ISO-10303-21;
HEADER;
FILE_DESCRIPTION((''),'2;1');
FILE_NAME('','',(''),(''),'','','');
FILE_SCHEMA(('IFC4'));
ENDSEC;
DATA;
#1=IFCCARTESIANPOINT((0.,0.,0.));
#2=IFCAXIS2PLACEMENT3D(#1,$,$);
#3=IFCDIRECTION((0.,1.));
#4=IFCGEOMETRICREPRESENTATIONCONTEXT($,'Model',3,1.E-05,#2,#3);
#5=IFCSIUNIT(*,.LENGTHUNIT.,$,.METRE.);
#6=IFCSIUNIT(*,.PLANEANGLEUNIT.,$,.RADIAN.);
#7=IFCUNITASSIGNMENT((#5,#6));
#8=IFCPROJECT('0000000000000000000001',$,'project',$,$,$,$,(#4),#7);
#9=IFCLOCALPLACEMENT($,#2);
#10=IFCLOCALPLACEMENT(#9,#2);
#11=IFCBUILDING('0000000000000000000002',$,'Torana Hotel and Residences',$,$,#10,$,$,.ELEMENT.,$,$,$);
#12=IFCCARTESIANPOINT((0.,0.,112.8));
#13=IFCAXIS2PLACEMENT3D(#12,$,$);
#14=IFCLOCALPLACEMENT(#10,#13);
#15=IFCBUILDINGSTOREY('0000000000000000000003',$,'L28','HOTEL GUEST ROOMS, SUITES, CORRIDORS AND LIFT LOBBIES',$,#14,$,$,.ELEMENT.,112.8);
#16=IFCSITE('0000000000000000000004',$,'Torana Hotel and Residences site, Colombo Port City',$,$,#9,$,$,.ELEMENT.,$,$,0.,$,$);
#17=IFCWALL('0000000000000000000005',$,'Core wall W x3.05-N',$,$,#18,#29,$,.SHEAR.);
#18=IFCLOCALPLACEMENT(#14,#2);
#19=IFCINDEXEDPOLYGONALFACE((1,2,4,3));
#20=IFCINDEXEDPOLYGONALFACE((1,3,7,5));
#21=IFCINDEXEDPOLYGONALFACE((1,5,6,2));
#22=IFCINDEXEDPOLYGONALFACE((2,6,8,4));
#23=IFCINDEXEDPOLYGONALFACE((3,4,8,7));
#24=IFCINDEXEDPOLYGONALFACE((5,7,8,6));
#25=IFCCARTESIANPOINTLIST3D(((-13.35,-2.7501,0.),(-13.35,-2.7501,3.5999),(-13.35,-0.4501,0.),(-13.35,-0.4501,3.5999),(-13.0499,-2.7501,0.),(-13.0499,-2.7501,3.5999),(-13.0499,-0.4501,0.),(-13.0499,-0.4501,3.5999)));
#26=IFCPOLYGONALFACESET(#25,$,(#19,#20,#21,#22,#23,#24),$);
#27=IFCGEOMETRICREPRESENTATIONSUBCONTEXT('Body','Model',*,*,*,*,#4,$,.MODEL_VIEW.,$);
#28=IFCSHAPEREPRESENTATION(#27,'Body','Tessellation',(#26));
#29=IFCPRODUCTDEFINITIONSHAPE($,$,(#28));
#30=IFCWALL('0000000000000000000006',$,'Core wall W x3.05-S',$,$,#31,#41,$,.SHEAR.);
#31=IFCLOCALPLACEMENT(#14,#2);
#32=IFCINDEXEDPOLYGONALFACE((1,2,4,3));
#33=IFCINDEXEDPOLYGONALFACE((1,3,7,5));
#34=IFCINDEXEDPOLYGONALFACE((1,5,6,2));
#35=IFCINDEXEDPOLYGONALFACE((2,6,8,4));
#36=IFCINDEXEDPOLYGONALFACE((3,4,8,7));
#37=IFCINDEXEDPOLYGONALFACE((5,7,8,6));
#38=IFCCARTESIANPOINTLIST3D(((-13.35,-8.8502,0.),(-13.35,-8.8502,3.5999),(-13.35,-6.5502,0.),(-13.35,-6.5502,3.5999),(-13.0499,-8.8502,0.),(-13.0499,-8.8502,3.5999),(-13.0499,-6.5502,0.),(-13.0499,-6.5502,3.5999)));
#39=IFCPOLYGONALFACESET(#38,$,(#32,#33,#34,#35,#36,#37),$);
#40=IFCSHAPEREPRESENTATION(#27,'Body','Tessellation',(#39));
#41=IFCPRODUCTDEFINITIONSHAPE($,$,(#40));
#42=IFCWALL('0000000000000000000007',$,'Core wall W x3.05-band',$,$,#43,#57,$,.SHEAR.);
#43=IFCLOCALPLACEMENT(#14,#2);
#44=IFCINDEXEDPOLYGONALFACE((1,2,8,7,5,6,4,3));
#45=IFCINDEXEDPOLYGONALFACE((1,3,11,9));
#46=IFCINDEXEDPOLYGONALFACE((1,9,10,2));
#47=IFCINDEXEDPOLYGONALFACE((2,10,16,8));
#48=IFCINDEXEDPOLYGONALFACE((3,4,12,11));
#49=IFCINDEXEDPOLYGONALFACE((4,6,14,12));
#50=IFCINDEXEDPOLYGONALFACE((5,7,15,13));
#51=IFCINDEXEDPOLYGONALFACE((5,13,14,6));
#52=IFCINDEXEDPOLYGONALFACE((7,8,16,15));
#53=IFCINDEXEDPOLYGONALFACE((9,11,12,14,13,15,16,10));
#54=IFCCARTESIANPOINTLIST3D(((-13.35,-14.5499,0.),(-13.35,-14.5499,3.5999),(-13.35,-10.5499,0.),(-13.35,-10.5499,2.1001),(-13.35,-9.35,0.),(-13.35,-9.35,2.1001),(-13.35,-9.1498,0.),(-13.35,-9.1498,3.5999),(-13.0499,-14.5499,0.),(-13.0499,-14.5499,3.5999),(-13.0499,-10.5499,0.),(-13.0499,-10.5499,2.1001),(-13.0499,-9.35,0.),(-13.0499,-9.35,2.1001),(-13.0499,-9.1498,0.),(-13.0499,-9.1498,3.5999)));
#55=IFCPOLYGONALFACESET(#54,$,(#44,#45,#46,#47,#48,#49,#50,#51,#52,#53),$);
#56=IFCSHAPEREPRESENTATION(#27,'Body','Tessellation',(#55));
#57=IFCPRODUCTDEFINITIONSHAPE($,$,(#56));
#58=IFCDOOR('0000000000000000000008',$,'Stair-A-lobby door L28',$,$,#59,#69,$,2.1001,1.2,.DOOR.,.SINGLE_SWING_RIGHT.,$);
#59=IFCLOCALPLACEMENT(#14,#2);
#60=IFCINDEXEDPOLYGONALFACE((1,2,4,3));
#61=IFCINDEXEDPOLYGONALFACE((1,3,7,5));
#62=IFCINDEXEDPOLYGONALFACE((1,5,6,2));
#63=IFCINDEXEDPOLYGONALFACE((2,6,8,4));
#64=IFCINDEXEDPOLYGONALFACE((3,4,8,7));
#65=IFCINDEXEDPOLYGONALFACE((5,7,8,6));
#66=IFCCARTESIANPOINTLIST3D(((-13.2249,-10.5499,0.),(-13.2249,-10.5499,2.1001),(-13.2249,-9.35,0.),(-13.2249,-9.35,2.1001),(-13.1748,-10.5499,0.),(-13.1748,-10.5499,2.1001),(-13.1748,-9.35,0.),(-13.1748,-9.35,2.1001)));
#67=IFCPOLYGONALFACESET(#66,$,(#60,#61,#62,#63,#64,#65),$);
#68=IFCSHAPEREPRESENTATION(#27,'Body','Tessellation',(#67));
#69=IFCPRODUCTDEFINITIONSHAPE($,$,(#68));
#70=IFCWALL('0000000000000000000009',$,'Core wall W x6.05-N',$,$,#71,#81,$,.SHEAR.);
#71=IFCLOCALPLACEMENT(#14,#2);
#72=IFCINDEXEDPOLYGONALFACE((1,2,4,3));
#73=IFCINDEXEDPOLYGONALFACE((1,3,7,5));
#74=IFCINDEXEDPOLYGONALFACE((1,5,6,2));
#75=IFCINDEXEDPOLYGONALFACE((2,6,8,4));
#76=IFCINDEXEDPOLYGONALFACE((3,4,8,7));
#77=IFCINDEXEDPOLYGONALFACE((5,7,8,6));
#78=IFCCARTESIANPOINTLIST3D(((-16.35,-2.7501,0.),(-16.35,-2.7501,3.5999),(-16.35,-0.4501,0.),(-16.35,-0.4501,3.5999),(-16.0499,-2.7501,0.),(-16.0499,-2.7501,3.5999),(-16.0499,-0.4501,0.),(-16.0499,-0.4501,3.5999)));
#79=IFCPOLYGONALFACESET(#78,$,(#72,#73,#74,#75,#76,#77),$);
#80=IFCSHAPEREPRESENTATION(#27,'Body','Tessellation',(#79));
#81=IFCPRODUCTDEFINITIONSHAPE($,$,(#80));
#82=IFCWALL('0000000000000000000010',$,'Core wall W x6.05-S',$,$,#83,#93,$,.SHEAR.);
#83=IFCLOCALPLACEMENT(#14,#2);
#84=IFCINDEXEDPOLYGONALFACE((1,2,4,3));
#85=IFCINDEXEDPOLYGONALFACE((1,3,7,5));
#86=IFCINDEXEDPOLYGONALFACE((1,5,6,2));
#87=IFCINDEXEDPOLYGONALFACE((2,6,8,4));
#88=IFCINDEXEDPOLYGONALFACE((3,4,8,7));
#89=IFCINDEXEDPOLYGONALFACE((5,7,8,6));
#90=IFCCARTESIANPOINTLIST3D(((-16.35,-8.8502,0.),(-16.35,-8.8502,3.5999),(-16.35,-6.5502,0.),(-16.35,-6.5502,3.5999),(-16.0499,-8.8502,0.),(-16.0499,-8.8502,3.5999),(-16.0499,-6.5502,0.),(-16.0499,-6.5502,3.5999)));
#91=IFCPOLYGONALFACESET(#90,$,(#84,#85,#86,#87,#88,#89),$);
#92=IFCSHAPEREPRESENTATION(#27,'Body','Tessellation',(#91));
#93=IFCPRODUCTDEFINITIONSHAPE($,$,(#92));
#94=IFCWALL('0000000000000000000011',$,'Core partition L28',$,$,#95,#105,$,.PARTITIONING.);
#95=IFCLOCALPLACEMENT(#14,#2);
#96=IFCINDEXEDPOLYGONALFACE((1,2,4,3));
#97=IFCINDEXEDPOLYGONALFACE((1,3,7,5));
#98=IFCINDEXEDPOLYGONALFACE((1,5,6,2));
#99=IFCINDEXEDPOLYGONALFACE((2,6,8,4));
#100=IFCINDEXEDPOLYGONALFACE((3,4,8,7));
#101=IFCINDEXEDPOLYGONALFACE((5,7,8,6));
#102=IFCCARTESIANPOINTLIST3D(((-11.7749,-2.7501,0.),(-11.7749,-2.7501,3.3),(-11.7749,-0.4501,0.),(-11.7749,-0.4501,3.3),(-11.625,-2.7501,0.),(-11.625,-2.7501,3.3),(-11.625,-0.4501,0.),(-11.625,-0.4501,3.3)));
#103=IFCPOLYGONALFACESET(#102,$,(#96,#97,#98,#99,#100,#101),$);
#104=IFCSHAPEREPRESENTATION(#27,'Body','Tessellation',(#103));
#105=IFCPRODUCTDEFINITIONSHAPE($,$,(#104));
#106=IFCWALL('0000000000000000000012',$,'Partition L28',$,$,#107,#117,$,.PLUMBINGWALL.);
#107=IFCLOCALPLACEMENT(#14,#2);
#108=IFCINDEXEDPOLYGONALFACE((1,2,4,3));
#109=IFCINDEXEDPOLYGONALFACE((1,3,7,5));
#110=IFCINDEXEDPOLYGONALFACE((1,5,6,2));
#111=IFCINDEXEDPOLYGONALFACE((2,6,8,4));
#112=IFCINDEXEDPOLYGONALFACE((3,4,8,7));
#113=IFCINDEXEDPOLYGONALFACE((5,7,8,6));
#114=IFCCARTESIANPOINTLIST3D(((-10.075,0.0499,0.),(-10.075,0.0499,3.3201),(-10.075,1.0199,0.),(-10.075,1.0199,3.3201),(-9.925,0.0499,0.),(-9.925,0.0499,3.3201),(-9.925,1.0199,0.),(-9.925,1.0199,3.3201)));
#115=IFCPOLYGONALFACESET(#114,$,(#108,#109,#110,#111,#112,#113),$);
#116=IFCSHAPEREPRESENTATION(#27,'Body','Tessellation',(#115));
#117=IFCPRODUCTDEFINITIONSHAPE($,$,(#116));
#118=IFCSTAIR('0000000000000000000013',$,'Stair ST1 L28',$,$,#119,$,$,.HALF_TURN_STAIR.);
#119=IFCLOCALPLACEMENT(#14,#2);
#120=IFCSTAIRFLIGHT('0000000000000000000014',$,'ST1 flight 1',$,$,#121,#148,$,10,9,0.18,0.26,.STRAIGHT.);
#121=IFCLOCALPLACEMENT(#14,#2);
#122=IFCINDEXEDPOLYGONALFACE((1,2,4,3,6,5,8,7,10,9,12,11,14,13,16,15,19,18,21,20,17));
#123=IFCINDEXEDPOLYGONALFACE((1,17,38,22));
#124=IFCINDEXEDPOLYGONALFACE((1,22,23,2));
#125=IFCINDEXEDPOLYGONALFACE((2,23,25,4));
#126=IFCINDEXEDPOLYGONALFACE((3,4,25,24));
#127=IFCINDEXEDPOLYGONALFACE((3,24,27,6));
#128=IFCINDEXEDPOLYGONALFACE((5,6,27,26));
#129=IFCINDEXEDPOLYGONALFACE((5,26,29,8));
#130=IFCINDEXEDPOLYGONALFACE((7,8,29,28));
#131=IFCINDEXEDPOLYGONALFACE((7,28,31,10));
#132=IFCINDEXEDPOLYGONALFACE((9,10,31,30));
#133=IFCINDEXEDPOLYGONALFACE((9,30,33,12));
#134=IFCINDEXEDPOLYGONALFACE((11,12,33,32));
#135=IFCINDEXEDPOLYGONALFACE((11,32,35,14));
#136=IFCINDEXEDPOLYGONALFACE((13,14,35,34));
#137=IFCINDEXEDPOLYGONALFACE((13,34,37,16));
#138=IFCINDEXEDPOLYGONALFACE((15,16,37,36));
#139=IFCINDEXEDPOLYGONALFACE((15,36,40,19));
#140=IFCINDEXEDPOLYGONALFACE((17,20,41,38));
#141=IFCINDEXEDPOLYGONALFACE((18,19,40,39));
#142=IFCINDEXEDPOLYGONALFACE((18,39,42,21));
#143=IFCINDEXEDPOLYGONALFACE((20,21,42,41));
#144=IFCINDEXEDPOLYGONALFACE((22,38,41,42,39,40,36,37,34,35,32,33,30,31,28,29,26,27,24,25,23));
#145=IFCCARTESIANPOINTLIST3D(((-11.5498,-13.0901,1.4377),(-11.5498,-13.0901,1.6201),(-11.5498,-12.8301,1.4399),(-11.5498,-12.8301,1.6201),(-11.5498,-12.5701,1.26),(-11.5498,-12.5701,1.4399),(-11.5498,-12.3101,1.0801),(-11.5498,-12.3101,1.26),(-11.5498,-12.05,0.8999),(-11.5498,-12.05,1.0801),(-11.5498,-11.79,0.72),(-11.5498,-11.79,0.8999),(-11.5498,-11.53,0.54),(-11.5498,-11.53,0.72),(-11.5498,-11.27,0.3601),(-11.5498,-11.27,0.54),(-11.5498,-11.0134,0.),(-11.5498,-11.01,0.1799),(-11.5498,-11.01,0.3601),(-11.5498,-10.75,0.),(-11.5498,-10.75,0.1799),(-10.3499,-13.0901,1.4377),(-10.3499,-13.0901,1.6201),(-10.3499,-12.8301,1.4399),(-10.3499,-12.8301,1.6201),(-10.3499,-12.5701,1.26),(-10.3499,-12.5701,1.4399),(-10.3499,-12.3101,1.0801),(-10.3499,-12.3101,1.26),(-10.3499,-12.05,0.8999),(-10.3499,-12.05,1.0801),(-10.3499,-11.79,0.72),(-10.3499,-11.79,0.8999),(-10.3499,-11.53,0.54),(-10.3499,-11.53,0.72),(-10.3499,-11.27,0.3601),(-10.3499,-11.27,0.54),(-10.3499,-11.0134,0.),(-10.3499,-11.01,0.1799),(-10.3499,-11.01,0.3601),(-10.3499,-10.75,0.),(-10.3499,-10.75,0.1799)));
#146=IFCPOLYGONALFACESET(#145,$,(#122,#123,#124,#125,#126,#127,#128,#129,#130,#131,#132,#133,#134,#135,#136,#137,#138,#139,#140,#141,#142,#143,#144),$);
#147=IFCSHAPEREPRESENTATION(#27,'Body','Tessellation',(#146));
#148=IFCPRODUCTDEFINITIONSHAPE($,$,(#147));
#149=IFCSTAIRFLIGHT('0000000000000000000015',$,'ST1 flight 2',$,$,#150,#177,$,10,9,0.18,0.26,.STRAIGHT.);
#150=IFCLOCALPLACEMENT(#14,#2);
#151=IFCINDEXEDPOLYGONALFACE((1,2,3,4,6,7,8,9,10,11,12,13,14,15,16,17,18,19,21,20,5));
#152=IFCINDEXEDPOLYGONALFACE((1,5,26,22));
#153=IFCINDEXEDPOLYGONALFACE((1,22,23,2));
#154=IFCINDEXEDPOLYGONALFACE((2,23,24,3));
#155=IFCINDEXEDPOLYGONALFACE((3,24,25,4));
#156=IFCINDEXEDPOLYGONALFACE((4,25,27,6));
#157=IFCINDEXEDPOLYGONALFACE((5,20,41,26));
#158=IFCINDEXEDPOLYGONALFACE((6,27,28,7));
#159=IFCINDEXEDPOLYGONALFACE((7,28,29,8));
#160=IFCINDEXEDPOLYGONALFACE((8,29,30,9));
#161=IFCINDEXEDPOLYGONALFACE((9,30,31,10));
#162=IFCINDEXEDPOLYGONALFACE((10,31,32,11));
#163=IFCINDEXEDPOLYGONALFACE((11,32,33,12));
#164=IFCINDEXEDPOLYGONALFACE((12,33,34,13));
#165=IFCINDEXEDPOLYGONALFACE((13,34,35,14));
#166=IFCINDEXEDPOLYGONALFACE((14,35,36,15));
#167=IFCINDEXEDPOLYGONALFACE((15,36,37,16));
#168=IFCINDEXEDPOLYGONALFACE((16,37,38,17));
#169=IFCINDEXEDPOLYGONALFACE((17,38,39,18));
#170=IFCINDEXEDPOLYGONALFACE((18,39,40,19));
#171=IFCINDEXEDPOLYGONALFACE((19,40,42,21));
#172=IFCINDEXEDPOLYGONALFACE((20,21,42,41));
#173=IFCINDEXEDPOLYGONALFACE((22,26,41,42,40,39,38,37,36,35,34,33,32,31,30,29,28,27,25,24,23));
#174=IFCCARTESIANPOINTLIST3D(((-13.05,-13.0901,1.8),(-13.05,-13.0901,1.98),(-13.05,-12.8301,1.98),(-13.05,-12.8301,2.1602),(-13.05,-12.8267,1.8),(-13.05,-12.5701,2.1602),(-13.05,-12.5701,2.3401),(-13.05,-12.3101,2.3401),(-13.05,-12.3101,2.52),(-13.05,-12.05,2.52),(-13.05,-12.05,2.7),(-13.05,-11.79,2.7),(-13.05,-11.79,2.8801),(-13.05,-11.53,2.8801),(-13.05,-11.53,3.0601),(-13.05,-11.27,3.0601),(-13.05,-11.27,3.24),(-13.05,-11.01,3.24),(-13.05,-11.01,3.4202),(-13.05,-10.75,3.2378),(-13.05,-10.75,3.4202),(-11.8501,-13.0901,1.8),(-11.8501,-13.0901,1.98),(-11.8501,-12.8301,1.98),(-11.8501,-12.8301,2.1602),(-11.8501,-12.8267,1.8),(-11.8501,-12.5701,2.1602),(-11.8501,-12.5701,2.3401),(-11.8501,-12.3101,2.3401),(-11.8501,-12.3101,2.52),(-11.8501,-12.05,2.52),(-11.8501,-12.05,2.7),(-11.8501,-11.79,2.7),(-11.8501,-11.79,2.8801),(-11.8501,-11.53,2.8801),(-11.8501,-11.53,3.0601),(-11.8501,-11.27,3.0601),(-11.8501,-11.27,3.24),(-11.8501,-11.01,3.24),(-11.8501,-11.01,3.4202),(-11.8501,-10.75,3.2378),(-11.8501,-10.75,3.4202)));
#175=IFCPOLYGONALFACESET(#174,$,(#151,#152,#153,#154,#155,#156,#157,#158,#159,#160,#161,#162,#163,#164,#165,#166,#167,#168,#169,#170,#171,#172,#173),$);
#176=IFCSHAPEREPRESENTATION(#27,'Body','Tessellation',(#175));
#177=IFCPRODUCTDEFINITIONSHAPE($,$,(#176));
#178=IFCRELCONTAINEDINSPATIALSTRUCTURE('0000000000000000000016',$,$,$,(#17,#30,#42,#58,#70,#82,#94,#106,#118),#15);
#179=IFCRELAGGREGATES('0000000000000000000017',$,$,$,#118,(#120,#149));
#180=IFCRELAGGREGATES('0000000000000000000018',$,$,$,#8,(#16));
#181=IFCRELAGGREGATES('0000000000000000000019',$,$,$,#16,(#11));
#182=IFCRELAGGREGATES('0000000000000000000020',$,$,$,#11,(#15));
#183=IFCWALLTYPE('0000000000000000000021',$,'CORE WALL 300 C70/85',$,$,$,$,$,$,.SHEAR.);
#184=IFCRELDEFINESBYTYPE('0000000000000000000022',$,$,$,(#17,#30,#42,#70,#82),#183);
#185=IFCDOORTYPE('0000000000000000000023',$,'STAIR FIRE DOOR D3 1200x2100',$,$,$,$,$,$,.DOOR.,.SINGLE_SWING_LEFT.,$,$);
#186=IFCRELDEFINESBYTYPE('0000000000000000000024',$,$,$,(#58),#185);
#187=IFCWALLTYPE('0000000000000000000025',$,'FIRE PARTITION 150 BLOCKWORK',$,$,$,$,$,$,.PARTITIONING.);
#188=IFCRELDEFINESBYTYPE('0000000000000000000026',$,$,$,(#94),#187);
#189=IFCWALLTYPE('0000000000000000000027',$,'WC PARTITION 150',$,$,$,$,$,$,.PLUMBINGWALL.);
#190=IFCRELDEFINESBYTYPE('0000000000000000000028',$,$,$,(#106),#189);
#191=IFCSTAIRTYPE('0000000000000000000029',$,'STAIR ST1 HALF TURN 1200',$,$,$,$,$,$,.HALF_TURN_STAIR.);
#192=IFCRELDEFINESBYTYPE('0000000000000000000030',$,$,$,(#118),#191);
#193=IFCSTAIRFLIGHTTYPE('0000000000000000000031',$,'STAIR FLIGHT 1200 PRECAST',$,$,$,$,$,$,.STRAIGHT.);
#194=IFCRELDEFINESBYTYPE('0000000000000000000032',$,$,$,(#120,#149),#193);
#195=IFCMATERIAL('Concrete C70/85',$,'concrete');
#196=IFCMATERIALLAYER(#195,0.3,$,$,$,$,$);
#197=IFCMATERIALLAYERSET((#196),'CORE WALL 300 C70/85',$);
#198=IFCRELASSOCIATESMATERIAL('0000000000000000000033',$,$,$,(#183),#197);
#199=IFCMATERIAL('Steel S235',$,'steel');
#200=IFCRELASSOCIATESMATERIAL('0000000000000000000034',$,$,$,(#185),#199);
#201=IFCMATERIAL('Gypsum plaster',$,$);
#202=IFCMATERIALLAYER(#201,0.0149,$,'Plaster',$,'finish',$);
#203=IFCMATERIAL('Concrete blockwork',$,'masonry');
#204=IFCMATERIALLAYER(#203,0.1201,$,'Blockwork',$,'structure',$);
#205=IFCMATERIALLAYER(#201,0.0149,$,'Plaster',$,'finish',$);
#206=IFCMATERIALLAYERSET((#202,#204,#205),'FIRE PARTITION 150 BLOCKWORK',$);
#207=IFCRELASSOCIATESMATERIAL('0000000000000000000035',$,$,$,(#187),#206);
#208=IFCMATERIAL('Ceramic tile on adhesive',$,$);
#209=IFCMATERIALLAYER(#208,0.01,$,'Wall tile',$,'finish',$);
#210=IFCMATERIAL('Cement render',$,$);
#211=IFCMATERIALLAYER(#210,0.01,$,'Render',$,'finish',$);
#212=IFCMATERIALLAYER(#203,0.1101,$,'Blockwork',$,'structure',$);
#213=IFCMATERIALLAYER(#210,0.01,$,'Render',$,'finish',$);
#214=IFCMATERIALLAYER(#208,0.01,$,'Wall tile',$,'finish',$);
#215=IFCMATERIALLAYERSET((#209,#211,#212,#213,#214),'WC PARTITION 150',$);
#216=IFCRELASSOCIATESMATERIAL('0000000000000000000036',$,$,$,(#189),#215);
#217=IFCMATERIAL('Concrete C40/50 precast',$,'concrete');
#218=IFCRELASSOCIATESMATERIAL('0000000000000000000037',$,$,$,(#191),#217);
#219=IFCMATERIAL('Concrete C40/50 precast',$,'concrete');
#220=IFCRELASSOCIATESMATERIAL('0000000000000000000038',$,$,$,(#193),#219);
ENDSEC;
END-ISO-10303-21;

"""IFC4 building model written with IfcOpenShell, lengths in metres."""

from ifc_helpers import new_model, si_unit, direction, frame, frame_2d, origin, place, context, subcontext, project, spatial, polyline, rectangle, outline, extrude, material, layer, layer_set, type_object, element, fill, aggregate, save


model = new_model("IFC4")

# Units and contexts
model_context = context("Model", 3, precision=1e-05, world=origin(), true_north=direction((0.0, 1.0)))
body_context = subcontext(model_context, "Body", "Model", "MODEL_VIEW")
ifc_project = project(units=[si_unit("LENGTHUNIT", "METRE"), si_unit("PLANEANGLEUNIT", "RADIAN")], contexts=[model_context])

# Site, building, storey
site_placement = place(None, origin())
site = spatial("IfcSite", under=ifc_project, at=site_placement, Name="Torana Hotel and Residences site, Colombo Port City", CompositionType="ELEMENT", RefElevation=0.0)
building_placement = place(site_placement, origin())
building = spatial("IfcBuilding", under=site, at=building_placement, Name="Torana Hotel and Residences", CompositionType="ELEMENT")
storey_placement = place(building_placement, frame((0.0, 0.0, 112.8)))
storey = spatial("IfcBuildingStorey", under=building, at=storey_placement, Name="L28", Description="HOTEL GUEST ROOMS, SUITES, CORRIDORS AND LIFT LOBBIES", CompositionType="ELEMENT", Elevation=112.8)

# Walls
ifc_material_1 = material(Name="Concrete C70/85", Category="concrete")
ifc_layer_1 = layer(ifc_material_1, 0.3)
ifc_layer_set_1 = layer_set([ifc_layer_1], Name="CORE WALL 300 C70/85")
wall_type_1 = type_object("IfcWallType", Name="CORE WALL 300 C70/85", PredefinedType="SHEAR", material=ifc_layer_set_1)
for number, where, z_axis, x_axis, name in (
    (1, (-13.2, -2.75, 0.0), (0.0, 0.0, 1.0), (0.0, 1.0, 0.0), "Core wall W x3.05-N"),
    (2, (-13.2, -8.8501, 0.0), (0.0, 0.0, 1.0), (0.0, 1.0, 0.0), "Core wall W x3.05-S"),
):
    element("IfcWall", number, at=place(storey_placement, frame(where, z_axis=z_axis, x_axis=x_axis)), inside=storey, type_object=wall_type_1, Name=name, PredefinedType="SHEAR", context=body_context, shape_type="SweptSolid", body=[
        extrude(rectangle(XDim=2.3, YDim=0.3, at=frame_2d((1.1499, 0.0))), origin(), (0.0, 0.0, 1.0), 3.5999),
    ])

# Wall, opening, door
wall_1_placement = place(storey_placement, frame((-13.2, -14.55, 0.0), z_axis=(0.0, 0.0, 1.0), x_axis=(0.0, 1.0, 0.0)))
wall_1 = element("IfcWall", 3, at=wall_1_placement, inside=storey, type_object=wall_type_1, Name="Core wall W x3.05-band", PredefinedType="SHEAR", context=body_context, shape_type="SweptSolid", body=[
    extrude(rectangle(XDim=5.4001, YDim=0.3, at=frame_2d((2.7002, 0.0))), origin(), (0.0, 0.0, 1.0), 3.5999),
])
opening_1_placement = place(wall_1_placement, frame((4.0, 0.0, 0.0)))
opening_1 = element("IfcOpeningElement", 4, at=opening_1_placement, cuts=wall_1, PredefinedType="OPENING", context=body_context, shape_type="SweptSolid", body=[
    extrude(rectangle(XDim=1.2, YDim=2.1001, at=frame_2d((0.6001, 1.05))), frame((0.0, 0.1599, 0.0), z_axis=(0.0, -1.0, 0.0), x_axis=(1.0, 0.0, 0.0)), (0.0, 0.0, 1.0), 0.3201),
])
ifc_material_2 = material(Name="Steel S235", Category="steel")
door_type_1 = type_object("IfcDoorType", Name="STAIR FIRE DOOR D3 1200x2100", OperationType="SINGLE_SWING_LEFT", PredefinedType="DOOR", material=ifc_material_2)
door_1_placement = place(opening_1_placement, frame((0.6001, 0.0, 0.0), z_axis=(0.0, 0.0, 1.0), x_axis=(-1.0, 0.0, 0.0)))
door_1 = element("IfcDoor", 5, at=door_1_placement, inside=storey, type_object=door_type_1, Name="Stair-A-lobby door L28", OperationType="SINGLE_SWING_RIGHT", OverallHeight=2.1001, OverallWidth=1.2, PredefinedType="DOOR", context=body_context, shape_type="SweptSolid", body=[
    extrude(rectangle(XDim=1.2, YDim=2.1001, at=frame_2d((0.0, 1.05))), frame((0.0, -0.0249, 0.0), z_axis=(0.0, 1.0, 0.0), x_axis=(-1.0, 0.0, 0.0)), (0.0, 0.0, 1.0), 0.05),
])
fill(opening_1, door_1)

# Walls
for number, where, z_axis, x_axis, name in (
    (6, (-16.2, -2.75, 0.0), (0.0, 0.0, 1.0), (0.0, 1.0, 0.0), "Core wall W x6.05-N"),
    (7, (-16.2, -8.8501, 0.0), (0.0, 0.0, 1.0), (0.0, 1.0, 0.0), "Core wall W x6.05-S"),
):
    element("IfcWall", number, at=place(storey_placement, frame(where, z_axis=z_axis, x_axis=x_axis)), inside=storey, type_object=wall_type_1, Name=name, PredefinedType="SHEAR", context=body_context, shape_type="SweptSolid", body=[
        extrude(rectangle(XDim=2.3, YDim=0.3, at=frame_2d((1.1499, 0.0))), origin(), (0.0, 0.0, 1.0), 3.5999),
    ])

# Walls
ifc_material_3 = material(Name="Gypsum plaster")
ifc_layer_2 = layer(ifc_material_3, 0.0149, Name="Plaster", Category="finish")
ifc_material_4 = material(Name="Concrete blockwork", Category="masonry")
ifc_layer_3 = layer(ifc_material_4, 0.1201, Name="Blockwork", Category="structure")
ifc_layer_4 = layer(ifc_material_3, 0.0149, Name="Plaster", Category="finish")
ifc_layer_set_2 = layer_set([ifc_layer_2, ifc_layer_3, ifc_layer_4], Name="FIRE PARTITION 150 BLOCKWORK")
wall_type_2 = type_object("IfcWallType", Name="FIRE PARTITION 150 BLOCKWORK", PredefinedType="PARTITIONING", material=ifc_layer_set_2)
wall_2_placement = place(storey_placement, frame((-11.7, -2.75, 0.0), z_axis=(0.0, 0.0, 1.0), x_axis=(0.0, 1.0, 0.0)))
element("IfcWall", 8, at=wall_2_placement, inside=storey, type_object=wall_type_2, Name="Core partition L28", PredefinedType="PARTITIONING", context=body_context, shape_type="SweptSolid", body=[
    extrude(rectangle(XDim=2.3, YDim=0.1499, at=frame_2d((1.1499, 0.0))), origin(), (0.0, 0.0, 1.0), 3.3),
])
ifc_material_5 = material(Name="Ceramic tile on adhesive")
ifc_layer_5 = layer(ifc_material_5, 0.01, Name="Wall tile", Category="finish")
ifc_material_6 = material(Name="Cement render")
ifc_layer_6 = layer(ifc_material_6, 0.01, Name="Render", Category="finish")
ifc_layer_7 = layer(ifc_material_4, 0.1101, Name="Blockwork", Category="structure")
ifc_layer_8 = layer(ifc_material_6, 0.01, Name="Render", Category="finish")
ifc_layer_9 = layer(ifc_material_5, 0.01, Name="Wall tile", Category="finish")
ifc_layer_set_3 = layer_set([ifc_layer_5, ifc_layer_6, ifc_layer_7, ifc_layer_8, ifc_layer_9], Name="WC PARTITION 150")
wall_type_3 = type_object("IfcWallType", Name="WC PARTITION 150", PredefinedType="PLUMBINGWALL", material=ifc_layer_set_3)
wall_3_placement = place(storey_placement, frame((-10.0, 0.05, 0.0), z_axis=(0.0, 0.0, 1.0), x_axis=(0.0, 1.0, 0.0)))
element("IfcWall", 9, at=wall_3_placement, inside=storey, type_object=wall_type_3, Name="Partition L28", PredefinedType="PLUMBINGWALL", context=body_context, shape_type="SweptSolid", body=[
    extrude(rectangle(XDim=0.97, YDim=0.1499, at=frame_2d((0.4849, 0.0))), origin(), (0.0, 0.0, 1.0), 3.3201),
])

# Stair, stair flights
ifc_material_7 = material(Name="Concrete C40/50 precast", Category="concrete")
stair_type = type_object("IfcStairType", Name="STAIR ST1 HALF TURN 1200", PredefinedType="HALF_TURN_STAIR", material=ifc_material_7)
stair_placement = place(storey_placement, origin())
stair = element("IfcStair", 10, at=stair_placement, inside=storey, type_object=stair_type, Name="Stair ST1 L28", PredefinedType="HALF_TURN_STAIR")
ifc_material_8 = material(Name="Concrete C40/50 precast", Category="concrete")
stair_flight_type = type_object("IfcStairFlightType", Name="STAIR FLIGHT 1200 PRECAST", PredefinedType="STRAIGHT", material=ifc_material_8)
stair_flight_1_placement = place(storey_placement, frame((-10.95, -10.75, 0.0), z_axis=(0.0, 0.0, 1.0), x_axis=(0.0, -1.0, 0.0)))
stair_flight_1 = element("IfcStairFlight", 11, at=stair_flight_1_placement, type_object=stair_flight_type, Name="ST1 flight 1", NumberOfRisers=10, NumberOfTreads=9, PredefinedType="STRAIGHT", RiserHeight=0.18, TreadLength=0.26, context=body_context, shape_type="SweptSolid", body=[
    extrude(outline(polyline([(0.0, 0.0), (0.0, 0.1799), (0.26, 0.1799), (0.26, 0.3601), (0.52, 0.3601), (0.52, 0.54), (0.78, 0.54), (0.78, 0.72), (1.04, 0.72), (1.04, 0.8999), (1.3, 0.8999), (1.3, 1.0801), (1.5601, 1.0801), (1.5601, 1.26), (1.8201, 1.26), (1.8201, 1.4399), (2.0801, 1.4399), (2.0801, 1.6201), (2.3401, 1.6201), (2.3401, 1.8), (2.3401, 1.4377), (0.2634, 0.0), (0.0, 0.0)])), frame((0.0, 0.6001, 0.0), z_axis=(0.0, -1.0, 0.0), x_axis=(1.0, 0.0, 0.0)), (0.0, 0.0, 1.0), 1.2),
])
stair_flight_2_placement = place(storey_placement, frame((-12.45, -13.0901, 1.8), z_axis=(0.0, 0.0, 1.0), x_axis=(0.0, 1.0, 0.0)))
stair_flight_2 = element("IfcStairFlight", 12, at=stair_flight_2_placement, type_object=stair_flight_type, Name="ST1 flight 2", NumberOfRisers=10, NumberOfTreads=9, PredefinedType="STRAIGHT", RiserHeight=0.18, TreadLength=0.26, context=body_context, shape_type="SweptSolid", body=[
    extrude(outline(polyline([(0.0, 0.0), (0.0, 0.1799), (0.26, 0.1799), (0.26, 0.3601), (0.52, 0.3601), (0.52, 0.54), (0.78, 0.54), (0.78, 0.72), (1.04, 0.72), (1.04, 0.8999), (1.3, 0.8999), (1.3, 1.0801), (1.5601, 1.0801), (1.5601, 1.26), (1.8201, 1.26), (1.8201, 1.4399), (2.0801, 1.4399), (2.0801, 1.6201), (2.3401, 1.6201), (2.3401, 1.8), (2.3401, 1.4377), (0.2634, 0.0), (0.0, 0.0)])), frame((0.0, 0.6001, 0.0), z_axis=(0.0, -1.0, 0.0), x_axis=(1.0, 0.0, 0.0)), (0.0, 0.0, 1.0), 1.2),
])
aggregate(stair, [stair_flight_1, stair_flight_2])

save(model, "model.ifc")
